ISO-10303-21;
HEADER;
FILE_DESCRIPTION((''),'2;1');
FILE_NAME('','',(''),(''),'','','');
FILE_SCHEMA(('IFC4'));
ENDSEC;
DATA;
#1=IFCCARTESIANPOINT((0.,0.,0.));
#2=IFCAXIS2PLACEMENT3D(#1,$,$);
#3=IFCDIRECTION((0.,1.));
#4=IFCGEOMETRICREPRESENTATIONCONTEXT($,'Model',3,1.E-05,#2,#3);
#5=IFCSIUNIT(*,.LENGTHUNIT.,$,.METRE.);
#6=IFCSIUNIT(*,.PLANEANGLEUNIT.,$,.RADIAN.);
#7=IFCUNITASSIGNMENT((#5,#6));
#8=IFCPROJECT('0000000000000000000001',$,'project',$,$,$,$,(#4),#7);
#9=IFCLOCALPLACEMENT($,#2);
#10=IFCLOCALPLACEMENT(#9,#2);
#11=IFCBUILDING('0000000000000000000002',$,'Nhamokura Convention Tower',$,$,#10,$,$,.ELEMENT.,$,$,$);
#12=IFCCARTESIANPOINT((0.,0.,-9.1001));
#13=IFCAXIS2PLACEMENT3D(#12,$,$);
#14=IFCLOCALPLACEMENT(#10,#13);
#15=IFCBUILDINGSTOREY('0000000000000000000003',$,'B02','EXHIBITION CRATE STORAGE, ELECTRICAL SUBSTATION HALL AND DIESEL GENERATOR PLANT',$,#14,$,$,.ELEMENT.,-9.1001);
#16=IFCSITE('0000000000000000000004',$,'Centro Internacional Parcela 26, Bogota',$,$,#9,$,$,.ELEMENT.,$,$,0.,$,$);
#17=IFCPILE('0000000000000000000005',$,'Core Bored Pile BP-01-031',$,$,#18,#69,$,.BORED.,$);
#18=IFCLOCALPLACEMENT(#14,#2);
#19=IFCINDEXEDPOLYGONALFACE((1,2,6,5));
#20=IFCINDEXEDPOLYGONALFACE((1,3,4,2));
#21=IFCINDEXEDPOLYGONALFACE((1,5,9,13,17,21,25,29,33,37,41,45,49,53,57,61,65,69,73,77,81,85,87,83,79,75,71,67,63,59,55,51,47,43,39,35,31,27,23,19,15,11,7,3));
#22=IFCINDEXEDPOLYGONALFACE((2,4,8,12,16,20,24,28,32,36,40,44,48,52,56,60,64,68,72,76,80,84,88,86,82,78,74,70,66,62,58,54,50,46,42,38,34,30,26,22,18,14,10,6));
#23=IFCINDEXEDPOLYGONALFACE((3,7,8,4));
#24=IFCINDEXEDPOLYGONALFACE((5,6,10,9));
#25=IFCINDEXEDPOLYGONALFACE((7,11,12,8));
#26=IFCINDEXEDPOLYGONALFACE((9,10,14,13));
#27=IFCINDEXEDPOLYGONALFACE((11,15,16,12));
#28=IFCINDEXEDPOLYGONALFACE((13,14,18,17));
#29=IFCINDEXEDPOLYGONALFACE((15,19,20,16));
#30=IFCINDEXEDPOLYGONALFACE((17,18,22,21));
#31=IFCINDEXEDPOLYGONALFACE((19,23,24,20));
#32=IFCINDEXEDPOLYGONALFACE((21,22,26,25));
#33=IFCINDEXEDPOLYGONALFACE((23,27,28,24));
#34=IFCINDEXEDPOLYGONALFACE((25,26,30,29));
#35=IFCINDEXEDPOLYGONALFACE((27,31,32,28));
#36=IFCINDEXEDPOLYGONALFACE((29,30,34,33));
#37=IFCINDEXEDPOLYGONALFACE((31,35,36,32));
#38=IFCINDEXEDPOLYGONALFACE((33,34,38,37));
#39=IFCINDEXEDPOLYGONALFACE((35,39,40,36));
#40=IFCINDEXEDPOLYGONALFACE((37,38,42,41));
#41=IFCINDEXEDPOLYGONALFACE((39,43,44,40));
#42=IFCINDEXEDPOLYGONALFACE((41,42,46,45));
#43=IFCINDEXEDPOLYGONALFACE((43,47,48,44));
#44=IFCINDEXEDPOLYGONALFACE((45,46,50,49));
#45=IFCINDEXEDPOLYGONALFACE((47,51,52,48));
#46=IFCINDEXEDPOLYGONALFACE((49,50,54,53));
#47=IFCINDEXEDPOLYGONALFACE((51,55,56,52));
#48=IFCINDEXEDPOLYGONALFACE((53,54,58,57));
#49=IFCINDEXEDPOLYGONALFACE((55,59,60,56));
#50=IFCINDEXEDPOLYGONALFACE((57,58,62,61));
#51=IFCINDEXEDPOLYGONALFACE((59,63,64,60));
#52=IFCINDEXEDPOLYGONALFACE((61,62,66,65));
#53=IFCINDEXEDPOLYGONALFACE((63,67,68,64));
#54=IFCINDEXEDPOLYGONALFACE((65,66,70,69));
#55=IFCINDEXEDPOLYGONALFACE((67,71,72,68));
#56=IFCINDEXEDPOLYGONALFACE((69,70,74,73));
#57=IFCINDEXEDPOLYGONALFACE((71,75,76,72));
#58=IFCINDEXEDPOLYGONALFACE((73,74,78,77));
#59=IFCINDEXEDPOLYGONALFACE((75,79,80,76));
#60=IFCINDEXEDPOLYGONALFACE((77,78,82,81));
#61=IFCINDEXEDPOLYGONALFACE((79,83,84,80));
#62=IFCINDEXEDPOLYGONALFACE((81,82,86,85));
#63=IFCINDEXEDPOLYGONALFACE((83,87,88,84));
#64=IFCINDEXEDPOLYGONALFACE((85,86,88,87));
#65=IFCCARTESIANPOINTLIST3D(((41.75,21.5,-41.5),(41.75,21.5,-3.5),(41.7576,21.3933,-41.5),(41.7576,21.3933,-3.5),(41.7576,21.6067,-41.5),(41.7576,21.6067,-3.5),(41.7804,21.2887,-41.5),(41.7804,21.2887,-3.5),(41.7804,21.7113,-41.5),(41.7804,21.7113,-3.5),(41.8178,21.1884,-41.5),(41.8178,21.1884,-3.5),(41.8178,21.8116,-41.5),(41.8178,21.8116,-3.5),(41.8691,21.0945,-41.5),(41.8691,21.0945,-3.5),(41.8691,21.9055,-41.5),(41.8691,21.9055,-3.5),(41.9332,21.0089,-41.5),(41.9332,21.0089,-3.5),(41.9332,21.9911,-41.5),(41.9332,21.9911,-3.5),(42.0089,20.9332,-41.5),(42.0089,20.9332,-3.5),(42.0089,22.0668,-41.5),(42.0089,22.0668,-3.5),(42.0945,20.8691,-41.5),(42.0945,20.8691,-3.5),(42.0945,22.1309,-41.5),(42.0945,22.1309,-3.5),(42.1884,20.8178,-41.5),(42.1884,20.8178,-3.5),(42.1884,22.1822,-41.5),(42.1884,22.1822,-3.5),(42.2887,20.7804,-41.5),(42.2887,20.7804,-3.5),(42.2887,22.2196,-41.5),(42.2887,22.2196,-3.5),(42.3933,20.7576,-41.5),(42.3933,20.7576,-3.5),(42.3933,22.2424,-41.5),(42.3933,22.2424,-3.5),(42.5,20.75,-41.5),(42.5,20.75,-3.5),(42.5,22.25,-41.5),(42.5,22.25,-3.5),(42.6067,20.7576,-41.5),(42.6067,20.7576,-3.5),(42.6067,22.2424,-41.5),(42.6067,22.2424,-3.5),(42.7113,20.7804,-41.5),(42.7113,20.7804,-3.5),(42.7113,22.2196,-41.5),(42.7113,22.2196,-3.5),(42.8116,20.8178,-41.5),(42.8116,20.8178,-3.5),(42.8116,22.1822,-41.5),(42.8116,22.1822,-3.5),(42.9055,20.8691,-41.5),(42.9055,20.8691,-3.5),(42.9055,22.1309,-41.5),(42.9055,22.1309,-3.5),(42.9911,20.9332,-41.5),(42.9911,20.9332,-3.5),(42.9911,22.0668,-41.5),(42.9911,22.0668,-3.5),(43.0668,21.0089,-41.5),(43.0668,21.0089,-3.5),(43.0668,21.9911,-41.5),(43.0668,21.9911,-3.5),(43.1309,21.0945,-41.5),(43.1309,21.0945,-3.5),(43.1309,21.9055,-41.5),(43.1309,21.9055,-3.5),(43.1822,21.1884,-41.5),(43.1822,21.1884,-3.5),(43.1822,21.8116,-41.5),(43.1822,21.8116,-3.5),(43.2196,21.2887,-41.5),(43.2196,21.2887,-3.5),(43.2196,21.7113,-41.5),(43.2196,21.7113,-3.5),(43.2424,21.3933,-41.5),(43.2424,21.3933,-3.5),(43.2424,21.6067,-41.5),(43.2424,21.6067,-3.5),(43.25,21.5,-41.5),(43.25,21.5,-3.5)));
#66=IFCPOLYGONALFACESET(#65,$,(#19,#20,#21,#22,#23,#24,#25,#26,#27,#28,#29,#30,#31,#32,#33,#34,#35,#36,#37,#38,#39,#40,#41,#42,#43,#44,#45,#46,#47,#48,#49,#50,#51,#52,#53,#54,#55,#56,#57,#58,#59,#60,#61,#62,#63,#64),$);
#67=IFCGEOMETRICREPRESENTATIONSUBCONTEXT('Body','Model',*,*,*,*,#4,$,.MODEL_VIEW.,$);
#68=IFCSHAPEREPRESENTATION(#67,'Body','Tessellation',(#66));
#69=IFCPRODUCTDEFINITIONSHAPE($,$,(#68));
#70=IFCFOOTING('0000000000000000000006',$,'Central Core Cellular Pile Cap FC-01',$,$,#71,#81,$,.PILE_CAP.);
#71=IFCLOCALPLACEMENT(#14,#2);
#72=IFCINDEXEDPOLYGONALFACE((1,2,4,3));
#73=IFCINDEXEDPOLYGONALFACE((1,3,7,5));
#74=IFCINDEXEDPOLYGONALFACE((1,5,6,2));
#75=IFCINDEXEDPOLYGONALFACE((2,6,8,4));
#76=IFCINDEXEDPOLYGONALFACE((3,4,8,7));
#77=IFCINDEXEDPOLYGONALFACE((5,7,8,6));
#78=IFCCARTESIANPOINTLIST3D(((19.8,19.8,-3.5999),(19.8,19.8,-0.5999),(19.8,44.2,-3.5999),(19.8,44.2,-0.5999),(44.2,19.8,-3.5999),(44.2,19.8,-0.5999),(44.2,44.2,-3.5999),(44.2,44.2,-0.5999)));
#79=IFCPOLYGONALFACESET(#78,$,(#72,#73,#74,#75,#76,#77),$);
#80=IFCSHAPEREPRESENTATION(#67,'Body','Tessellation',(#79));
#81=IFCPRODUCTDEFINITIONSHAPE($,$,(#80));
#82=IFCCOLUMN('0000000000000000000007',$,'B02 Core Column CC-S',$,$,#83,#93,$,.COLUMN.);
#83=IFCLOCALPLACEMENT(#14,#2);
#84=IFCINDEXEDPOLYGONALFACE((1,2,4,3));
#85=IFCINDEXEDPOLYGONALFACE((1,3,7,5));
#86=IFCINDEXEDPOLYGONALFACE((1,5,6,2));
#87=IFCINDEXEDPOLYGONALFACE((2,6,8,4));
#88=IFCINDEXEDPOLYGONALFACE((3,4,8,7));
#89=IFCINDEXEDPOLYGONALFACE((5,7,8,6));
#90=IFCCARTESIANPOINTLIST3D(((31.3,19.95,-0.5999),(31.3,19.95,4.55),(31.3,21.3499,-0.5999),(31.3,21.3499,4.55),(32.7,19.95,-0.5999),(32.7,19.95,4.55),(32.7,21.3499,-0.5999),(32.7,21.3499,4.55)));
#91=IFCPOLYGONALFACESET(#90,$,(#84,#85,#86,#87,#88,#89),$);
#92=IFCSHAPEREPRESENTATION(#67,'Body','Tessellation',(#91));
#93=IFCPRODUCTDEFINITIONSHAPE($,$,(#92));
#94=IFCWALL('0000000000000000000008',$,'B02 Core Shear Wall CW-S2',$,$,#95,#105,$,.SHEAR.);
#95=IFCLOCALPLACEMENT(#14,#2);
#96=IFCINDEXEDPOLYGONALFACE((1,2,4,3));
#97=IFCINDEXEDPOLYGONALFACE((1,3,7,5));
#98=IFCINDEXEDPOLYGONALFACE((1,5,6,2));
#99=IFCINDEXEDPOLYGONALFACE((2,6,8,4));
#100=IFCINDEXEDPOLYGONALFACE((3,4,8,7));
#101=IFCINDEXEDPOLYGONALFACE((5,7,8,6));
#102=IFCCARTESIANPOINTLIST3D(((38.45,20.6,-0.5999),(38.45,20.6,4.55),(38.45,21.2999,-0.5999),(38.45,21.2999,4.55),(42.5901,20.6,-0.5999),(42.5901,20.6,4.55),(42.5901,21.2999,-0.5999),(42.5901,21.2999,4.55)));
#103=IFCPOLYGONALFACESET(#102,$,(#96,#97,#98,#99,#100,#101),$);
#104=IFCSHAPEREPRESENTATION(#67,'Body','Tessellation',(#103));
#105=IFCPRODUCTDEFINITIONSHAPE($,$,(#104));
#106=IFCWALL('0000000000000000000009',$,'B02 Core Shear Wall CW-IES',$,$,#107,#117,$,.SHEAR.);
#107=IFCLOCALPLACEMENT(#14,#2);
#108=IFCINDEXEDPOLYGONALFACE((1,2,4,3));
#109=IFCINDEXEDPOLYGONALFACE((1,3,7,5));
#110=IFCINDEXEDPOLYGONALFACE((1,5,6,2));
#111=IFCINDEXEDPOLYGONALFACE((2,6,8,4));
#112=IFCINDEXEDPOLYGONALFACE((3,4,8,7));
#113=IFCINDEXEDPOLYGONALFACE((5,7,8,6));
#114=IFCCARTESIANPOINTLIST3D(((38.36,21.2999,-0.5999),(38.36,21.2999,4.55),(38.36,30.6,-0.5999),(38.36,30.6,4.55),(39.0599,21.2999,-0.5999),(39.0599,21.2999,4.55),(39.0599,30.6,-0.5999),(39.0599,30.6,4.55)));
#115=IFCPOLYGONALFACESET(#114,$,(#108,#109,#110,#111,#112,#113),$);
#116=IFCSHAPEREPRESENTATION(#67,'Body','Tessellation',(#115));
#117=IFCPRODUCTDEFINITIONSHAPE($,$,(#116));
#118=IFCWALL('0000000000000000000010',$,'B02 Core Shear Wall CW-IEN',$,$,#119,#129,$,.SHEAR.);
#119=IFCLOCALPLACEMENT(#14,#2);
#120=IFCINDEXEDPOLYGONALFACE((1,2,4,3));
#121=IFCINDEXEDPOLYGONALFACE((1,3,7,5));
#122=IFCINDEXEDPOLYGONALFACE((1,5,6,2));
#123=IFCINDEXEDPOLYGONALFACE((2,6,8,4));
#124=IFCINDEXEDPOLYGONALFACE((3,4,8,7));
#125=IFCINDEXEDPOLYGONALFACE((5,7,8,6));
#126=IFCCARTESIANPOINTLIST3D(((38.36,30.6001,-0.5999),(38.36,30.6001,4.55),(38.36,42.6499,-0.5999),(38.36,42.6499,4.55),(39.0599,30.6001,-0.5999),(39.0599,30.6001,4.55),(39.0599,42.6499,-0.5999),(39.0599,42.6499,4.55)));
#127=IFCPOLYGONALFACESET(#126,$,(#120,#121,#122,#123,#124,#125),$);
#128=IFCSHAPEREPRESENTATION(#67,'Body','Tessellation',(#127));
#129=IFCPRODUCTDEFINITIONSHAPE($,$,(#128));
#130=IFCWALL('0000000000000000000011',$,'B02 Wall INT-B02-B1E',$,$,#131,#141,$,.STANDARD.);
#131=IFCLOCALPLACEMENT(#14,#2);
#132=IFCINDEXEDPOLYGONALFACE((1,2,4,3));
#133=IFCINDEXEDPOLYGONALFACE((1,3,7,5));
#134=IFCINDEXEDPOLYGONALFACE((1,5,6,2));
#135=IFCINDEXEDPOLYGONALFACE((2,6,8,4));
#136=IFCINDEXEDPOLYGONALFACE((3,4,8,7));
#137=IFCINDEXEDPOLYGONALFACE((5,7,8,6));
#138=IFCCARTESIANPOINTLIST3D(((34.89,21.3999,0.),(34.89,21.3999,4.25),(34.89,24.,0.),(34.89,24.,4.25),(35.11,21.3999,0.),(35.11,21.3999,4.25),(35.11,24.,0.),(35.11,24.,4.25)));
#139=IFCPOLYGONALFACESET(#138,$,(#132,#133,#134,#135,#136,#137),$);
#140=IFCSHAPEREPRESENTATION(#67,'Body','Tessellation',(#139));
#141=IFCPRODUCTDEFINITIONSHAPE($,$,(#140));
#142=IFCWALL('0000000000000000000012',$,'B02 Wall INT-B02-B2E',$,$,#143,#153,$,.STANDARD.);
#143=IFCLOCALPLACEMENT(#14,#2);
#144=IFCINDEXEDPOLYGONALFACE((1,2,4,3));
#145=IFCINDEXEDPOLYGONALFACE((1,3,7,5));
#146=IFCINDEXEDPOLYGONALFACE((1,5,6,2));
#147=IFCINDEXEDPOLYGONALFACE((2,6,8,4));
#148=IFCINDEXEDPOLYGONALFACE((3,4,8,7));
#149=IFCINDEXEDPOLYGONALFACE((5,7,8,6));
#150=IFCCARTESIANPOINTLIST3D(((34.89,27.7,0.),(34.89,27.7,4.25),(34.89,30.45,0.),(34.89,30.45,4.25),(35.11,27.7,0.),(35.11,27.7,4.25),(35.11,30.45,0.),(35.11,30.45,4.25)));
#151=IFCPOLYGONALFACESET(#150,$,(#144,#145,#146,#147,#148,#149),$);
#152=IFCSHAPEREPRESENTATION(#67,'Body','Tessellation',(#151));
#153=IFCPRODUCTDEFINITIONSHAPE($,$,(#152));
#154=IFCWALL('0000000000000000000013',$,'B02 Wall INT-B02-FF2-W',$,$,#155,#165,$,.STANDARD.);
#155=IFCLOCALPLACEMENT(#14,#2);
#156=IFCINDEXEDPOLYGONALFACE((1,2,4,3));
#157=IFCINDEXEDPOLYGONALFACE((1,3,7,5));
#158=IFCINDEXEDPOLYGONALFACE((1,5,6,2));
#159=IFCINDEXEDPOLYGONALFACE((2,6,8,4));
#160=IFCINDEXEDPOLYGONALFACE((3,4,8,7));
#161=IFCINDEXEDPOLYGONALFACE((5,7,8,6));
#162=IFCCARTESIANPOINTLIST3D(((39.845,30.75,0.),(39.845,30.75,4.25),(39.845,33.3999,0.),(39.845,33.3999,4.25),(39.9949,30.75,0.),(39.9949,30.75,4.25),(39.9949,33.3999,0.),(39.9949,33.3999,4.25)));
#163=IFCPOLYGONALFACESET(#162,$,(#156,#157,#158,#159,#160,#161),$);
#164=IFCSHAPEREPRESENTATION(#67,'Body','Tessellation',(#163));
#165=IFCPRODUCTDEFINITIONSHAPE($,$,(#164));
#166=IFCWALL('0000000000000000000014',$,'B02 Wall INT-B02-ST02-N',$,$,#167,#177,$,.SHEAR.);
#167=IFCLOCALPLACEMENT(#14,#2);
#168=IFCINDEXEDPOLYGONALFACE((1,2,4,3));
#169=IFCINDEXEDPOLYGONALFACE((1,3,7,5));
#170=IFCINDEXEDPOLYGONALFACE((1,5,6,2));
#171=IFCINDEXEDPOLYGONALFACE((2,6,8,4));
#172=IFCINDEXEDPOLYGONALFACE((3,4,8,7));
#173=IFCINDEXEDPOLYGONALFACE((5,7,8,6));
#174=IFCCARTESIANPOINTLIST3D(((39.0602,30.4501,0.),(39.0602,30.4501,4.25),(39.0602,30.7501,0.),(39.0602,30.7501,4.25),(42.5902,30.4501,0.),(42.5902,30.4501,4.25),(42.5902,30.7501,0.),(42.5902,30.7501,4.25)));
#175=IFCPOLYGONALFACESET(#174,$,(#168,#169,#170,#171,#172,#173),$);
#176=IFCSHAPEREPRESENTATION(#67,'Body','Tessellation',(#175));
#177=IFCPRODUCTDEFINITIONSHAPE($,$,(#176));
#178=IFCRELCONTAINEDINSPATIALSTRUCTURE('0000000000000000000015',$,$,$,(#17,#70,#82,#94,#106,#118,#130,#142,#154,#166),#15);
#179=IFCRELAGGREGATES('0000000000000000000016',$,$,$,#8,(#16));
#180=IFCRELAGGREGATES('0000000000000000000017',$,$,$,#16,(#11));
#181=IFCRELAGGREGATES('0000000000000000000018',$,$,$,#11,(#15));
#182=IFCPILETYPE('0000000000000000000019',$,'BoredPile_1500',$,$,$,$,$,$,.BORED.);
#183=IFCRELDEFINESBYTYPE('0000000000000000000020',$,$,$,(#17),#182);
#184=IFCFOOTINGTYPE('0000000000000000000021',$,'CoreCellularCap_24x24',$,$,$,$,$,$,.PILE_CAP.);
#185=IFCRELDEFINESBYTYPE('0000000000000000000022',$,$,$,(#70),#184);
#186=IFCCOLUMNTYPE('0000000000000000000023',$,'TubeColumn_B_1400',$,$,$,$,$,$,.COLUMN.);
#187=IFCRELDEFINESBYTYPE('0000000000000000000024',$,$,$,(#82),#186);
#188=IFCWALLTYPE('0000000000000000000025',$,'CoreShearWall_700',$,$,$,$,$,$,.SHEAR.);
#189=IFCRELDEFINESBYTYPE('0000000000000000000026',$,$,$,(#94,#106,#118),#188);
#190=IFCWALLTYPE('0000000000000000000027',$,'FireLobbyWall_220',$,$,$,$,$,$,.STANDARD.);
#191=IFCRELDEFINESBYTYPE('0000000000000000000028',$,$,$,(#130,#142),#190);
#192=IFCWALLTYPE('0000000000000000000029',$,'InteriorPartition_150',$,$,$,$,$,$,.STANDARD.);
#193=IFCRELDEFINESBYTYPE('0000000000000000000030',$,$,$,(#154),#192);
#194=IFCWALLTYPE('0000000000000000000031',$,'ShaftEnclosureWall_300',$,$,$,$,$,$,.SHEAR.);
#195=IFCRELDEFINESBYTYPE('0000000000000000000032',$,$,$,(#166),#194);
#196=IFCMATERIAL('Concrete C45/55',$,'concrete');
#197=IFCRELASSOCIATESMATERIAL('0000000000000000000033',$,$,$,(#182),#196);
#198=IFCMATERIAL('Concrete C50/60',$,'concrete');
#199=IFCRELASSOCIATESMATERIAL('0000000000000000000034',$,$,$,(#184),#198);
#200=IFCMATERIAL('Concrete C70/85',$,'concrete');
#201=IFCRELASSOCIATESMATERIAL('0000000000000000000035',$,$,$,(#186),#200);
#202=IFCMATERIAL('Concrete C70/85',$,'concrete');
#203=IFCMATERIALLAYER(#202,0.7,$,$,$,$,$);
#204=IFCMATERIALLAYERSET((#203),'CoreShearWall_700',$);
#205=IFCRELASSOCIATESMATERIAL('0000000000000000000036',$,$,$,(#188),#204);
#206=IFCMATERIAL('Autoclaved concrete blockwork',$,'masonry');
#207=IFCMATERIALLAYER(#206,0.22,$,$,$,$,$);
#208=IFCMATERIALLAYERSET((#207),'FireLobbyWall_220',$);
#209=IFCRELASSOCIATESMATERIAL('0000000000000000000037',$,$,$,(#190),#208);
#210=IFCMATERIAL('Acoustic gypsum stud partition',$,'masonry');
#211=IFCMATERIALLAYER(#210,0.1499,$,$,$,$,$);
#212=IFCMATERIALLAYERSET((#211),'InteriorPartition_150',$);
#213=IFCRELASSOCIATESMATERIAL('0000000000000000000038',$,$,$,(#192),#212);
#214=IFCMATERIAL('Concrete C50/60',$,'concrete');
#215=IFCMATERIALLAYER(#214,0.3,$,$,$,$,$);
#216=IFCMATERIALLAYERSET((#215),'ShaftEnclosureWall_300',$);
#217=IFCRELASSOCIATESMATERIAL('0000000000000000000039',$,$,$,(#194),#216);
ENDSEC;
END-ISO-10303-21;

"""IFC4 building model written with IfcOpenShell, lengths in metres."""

from ifc_helpers import new_model, si_unit, direction, frame, frame_2d, origin, origin_2d, place, context, subcontext, project, spatial, rectangle, circle, extrude, material, layer, layer_set, material_profile, profile_set, type_object, element, save


model = new_model("IFC4")

# Units and contexts
model_context = context("Model", 3, precision=1e-05, world=origin(), true_north=direction((0.0, 1.0)))
body_context = subcontext(model_context, "Body", "Model", "MODEL_VIEW")
ifc_project = project(units=[si_unit("LENGTHUNIT", "METRE"), si_unit("PLANEANGLEUNIT", "RADIAN")], contexts=[model_context])

# Site, building, storey
site_placement = place(None, origin())
site = spatial("IfcSite", under=ifc_project, at=site_placement, Name="Centro Internacional Parcela 26, Bogota", CompositionType="ELEMENT", RefElevation=0.0)
building_placement = place(site_placement, origin())
building = spatial("IfcBuilding", under=site, at=building_placement, Name="Nhamokura Convention Tower", CompositionType="ELEMENT")
storey_placement = place(building_placement, frame((0.0, 0.0, -9.1001)))
storey = spatial("IfcBuildingStorey", under=building, at=storey_placement, Name="B02", Description="EXHIBITION CRATE STORAGE, ELECTRICAL SUBSTATION HALL AND DIESEL GENERATOR PLANT", CompositionType="ELEMENT", Elevation=-9.1001)

# Pile
ifc_material_1 = material(Name="Concrete C45/55", Category="concrete")
ifc_material_profile_1 = material_profile(ifc_material_1, circle(Radius=0.75, at=origin_2d()))
ifc_profile_set_1 = profile_set([ifc_material_profile_1], Name="Concrete C45/55")
pile_type = type_object("IfcPileType", Name="BoredPile_1500", PredefinedType="BORED", material=ifc_profile_set_1)
for number, where, z_axis, x_axis, name in (
    (1, (42.5, 21.5, -3.5), (0.0, 0.0, -1.0), (1.0, 0.0, 0.0), "Core Bored Pile BP-01-031"),
):
    element("IfcPile", number, at=place(storey_placement, frame(where, z_axis=z_axis, x_axis=x_axis)), inside=storey, type_object=pile_type, Name=name, PredefinedType="BORED", context=body_context, shape_type="SweptSolid", body=[
        extrude(circle(Radius=0.75, at=origin_2d()), origin(), (0.0, 0.0, 1.0), 38.0),
    ])

# Footing
ifc_material_2 = material(Name="Concrete C50/60", Category="concrete")
footing_type = type_object("IfcFootingType", Name="CoreCellularCap_24x24", PredefinedType="PILE_CAP", material=ifc_material_2)
footing_placement = place(storey_placement, frame((32.0, 32.0, -3.5999), z_axis=(0.0, 0.0, 1.0), x_axis=(1.0, 0.0, 0.0)))
element("IfcFooting", 2, at=footing_placement, inside=storey, type_object=footing_type, Name="Central Core Cellular Pile Cap FC-01", PredefinedType="PILE_CAP", context=body_context, shape_type="SweptSolid", body=[
    extrude(rectangle(XDim=24.3999, YDim=24.3999, at=origin_2d()), origin(), (0.0, 0.0, 1.0), 3.0),
])

# Column
ifc_material_3 = material(Name="Concrete C70/85", Category="concrete")
ifc_material_profile_2 = material_profile(ifc_material_3, rectangle(XDim=1.3999, YDim=1.3999, at=origin_2d()))
ifc_profile_set_2 = profile_set([ifc_material_profile_2], Name="Concrete C70/85")
column_type = type_object("IfcColumnType", Name="TubeColumn_B_1400", PredefinedType="COLUMN", material=ifc_profile_set_2)
column_placement = place(storey_placement, frame((32.0, 20.6499, -0.5999), z_axis=(0.0, 0.0, 1.0), x_axis=(1.0, 0.0, 0.0)))
element("IfcColumn", 3, at=column_placement, inside=storey, type_object=column_type, Name="B02 Core Column CC-S", PredefinedType="COLUMN", context=body_context, shape_type="SweptSolid", body=[
    extrude(rectangle(XDim=1.3999, YDim=1.3999, at=origin_2d()), origin(), (0.0, 0.0, 1.0), 5.1499),
])

# Walls
ifc_material_4 = material(Name="Concrete C70/85", Category="concrete")
ifc_layer_1 = layer(ifc_material_4, 0.7)
ifc_layer_set_1 = layer_set([ifc_layer_1], Name="CoreShearWall_700")
wall_type_1 = type_object("IfcWallType", Name="CoreShearWall_700", PredefinedType="SHEAR", material=ifc_layer_set_1)
wall_1_placement = place(storey_placement, frame((38.45, 20.95, -0.5999), z_axis=(0.0, 0.0, 1.0), x_axis=(1.0, 0.0, 0.0)))
element("IfcWall", 4, at=wall_1_placement, inside=storey, type_object=wall_type_1, Name="B02 Core Shear Wall CW-S2", PredefinedType="SHEAR", context=body_context, shape_type="SweptSolid", body=[
    extrude(rectangle(XDim=4.1401, YDim=0.7, at=frame_2d((2.0701, 0.0))), origin(), (0.0, 0.0, 1.0), 5.1499),
])
wall_2_placement = place(storey_placement, frame((38.71, 21.3, -0.5999), z_axis=(0.0, 0.0, 1.0), x_axis=(0.0, 1.0, 0.0)))
element("IfcWall", 5, at=wall_2_placement, inside=storey, type_object=wall_type_1, Name="B02 Core Shear Wall CW-IES", PredefinedType="SHEAR", context=body_context, shape_type="SweptSolid", body=[
    extrude(rectangle(XDim=9.3, YDim=0.7, at=frame_2d((4.6499, 0.0))), origin(), (0.0, 0.0, 1.0), 5.1499),
])
wall_3_placement = place(storey_placement, frame((38.71, 30.6001, -0.5999), z_axis=(0.0, 0.0, 1.0), x_axis=(0.0, 1.0, 0.0)))
element("IfcWall", 6, at=wall_3_placement, inside=storey, type_object=wall_type_1, Name="B02 Core Shear Wall CW-IEN", PredefinedType="SHEAR", context=body_context, shape_type="SweptSolid", body=[
    extrude(rectangle(XDim=12.0498, YDim=0.7, at=frame_2d((6.0249, 0.0))), origin(), (0.0, 0.0, 1.0), 5.1499),
])

# Shared definitions
ifc_material_5 = material(Name="Autoclaved concrete blockwork", Category="masonry")
ifc_layer_2 = layer(ifc_material_5, 0.22)
ifc_layer_set_2 = layer_set([ifc_layer_2], Name="FireLobbyWall_220")
wall_type_2 = type_object("IfcWallType", Name="FireLobbyWall_220", PredefinedType="STANDARD", material=ifc_layer_set_2)

# Walls
wall_4_placement = place(storey_placement, frame((35.0, 21.3999, 0.0), z_axis=(0.0, 0.0, 1.0), x_axis=(0.0, 1.0, 0.0)))
element("IfcWall", 7, at=wall_4_placement, inside=storey, type_object=wall_type_2, Name="B02 Wall INT-B02-B1E", PredefinedType="STANDARD", context=body_context, shape_type="SweptSolid", body=[
    extrude(rectangle(XDim=2.6001, YDim=0.22, at=frame_2d((1.3, 0.0))), origin(), (0.0, 0.0, 1.0), 4.25),
])
wall_5_placement = place(storey_placement, frame((35.0, 27.7, 0.0), z_axis=(0.0, 0.0, 1.0), x_axis=(0.0, 1.0, 0.0)))
element("IfcWall", 8, at=wall_5_placement, inside=storey, type_object=wall_type_2, Name="B02 Wall INT-B02-B2E", PredefinedType="STANDARD", context=body_context, shape_type="SweptSolid", body=[
    extrude(rectangle(XDim=2.75, YDim=0.22, at=frame_2d((1.375, 0.0))), origin(), (0.0, 0.0, 1.0), 4.25),
])
ifc_material_6 = material(Name="Acoustic gypsum stud partition", Category="masonry")
ifc_layer_3 = layer(ifc_material_6, 0.1499)
ifc_layer_set_3 = layer_set([ifc_layer_3], Name="InteriorPartition_150")
wall_type_3 = type_object("IfcWallType", Name="InteriorPartition_150", PredefinedType="STANDARD", material=ifc_layer_set_3)
wall_6_placement = place(storey_placement, frame((39.9199, 30.75, 0.0), z_axis=(0.0, 0.0, 1.0), x_axis=(0.0, 1.0, 0.0)))
element("IfcWall", 9, at=wall_6_placement, inside=storey, type_object=wall_type_3, Name="B02 Wall INT-B02-FF2-W", PredefinedType="STANDARD", context=body_context, shape_type="SweptSolid", body=[
    extrude(rectangle(XDim=2.6499, YDim=0.1499, at=frame_2d((1.325, 0.0))), origin(), (0.0, 0.0, 1.0), 4.25),
])
ifc_material_7 = material(Name="Concrete C50/60", Category="concrete")
ifc_layer_4 = layer(ifc_material_7, 0.3)
ifc_layer_set_4 = layer_set([ifc_layer_4], Name="ShaftEnclosureWall_300")
wall_type_4 = type_object("IfcWallType", Name="ShaftEnclosureWall_300", PredefinedType="SHEAR", material=ifc_layer_set_4)
wall_7_placement = place(storey_placement, frame((39.0601, 30.6001, 0.0), z_axis=(0.0, 0.0, 1.0), x_axis=(1.0, 0.0, 0.0)))
element("IfcWall", 10, at=wall_7_placement, inside=storey, type_object=wall_type_4, Name="B02 Wall INT-B02-ST02-N", PredefinedType="SHEAR", context=body_context, shape_type="SweptSolid", body=[
    extrude(rectangle(XDim=3.53, YDim=0.3, at=frame_2d((1.7651, 0.0))), origin(), (0.0, 0.0, 1.0), 4.25),
])

save(model, "model.ifc")
